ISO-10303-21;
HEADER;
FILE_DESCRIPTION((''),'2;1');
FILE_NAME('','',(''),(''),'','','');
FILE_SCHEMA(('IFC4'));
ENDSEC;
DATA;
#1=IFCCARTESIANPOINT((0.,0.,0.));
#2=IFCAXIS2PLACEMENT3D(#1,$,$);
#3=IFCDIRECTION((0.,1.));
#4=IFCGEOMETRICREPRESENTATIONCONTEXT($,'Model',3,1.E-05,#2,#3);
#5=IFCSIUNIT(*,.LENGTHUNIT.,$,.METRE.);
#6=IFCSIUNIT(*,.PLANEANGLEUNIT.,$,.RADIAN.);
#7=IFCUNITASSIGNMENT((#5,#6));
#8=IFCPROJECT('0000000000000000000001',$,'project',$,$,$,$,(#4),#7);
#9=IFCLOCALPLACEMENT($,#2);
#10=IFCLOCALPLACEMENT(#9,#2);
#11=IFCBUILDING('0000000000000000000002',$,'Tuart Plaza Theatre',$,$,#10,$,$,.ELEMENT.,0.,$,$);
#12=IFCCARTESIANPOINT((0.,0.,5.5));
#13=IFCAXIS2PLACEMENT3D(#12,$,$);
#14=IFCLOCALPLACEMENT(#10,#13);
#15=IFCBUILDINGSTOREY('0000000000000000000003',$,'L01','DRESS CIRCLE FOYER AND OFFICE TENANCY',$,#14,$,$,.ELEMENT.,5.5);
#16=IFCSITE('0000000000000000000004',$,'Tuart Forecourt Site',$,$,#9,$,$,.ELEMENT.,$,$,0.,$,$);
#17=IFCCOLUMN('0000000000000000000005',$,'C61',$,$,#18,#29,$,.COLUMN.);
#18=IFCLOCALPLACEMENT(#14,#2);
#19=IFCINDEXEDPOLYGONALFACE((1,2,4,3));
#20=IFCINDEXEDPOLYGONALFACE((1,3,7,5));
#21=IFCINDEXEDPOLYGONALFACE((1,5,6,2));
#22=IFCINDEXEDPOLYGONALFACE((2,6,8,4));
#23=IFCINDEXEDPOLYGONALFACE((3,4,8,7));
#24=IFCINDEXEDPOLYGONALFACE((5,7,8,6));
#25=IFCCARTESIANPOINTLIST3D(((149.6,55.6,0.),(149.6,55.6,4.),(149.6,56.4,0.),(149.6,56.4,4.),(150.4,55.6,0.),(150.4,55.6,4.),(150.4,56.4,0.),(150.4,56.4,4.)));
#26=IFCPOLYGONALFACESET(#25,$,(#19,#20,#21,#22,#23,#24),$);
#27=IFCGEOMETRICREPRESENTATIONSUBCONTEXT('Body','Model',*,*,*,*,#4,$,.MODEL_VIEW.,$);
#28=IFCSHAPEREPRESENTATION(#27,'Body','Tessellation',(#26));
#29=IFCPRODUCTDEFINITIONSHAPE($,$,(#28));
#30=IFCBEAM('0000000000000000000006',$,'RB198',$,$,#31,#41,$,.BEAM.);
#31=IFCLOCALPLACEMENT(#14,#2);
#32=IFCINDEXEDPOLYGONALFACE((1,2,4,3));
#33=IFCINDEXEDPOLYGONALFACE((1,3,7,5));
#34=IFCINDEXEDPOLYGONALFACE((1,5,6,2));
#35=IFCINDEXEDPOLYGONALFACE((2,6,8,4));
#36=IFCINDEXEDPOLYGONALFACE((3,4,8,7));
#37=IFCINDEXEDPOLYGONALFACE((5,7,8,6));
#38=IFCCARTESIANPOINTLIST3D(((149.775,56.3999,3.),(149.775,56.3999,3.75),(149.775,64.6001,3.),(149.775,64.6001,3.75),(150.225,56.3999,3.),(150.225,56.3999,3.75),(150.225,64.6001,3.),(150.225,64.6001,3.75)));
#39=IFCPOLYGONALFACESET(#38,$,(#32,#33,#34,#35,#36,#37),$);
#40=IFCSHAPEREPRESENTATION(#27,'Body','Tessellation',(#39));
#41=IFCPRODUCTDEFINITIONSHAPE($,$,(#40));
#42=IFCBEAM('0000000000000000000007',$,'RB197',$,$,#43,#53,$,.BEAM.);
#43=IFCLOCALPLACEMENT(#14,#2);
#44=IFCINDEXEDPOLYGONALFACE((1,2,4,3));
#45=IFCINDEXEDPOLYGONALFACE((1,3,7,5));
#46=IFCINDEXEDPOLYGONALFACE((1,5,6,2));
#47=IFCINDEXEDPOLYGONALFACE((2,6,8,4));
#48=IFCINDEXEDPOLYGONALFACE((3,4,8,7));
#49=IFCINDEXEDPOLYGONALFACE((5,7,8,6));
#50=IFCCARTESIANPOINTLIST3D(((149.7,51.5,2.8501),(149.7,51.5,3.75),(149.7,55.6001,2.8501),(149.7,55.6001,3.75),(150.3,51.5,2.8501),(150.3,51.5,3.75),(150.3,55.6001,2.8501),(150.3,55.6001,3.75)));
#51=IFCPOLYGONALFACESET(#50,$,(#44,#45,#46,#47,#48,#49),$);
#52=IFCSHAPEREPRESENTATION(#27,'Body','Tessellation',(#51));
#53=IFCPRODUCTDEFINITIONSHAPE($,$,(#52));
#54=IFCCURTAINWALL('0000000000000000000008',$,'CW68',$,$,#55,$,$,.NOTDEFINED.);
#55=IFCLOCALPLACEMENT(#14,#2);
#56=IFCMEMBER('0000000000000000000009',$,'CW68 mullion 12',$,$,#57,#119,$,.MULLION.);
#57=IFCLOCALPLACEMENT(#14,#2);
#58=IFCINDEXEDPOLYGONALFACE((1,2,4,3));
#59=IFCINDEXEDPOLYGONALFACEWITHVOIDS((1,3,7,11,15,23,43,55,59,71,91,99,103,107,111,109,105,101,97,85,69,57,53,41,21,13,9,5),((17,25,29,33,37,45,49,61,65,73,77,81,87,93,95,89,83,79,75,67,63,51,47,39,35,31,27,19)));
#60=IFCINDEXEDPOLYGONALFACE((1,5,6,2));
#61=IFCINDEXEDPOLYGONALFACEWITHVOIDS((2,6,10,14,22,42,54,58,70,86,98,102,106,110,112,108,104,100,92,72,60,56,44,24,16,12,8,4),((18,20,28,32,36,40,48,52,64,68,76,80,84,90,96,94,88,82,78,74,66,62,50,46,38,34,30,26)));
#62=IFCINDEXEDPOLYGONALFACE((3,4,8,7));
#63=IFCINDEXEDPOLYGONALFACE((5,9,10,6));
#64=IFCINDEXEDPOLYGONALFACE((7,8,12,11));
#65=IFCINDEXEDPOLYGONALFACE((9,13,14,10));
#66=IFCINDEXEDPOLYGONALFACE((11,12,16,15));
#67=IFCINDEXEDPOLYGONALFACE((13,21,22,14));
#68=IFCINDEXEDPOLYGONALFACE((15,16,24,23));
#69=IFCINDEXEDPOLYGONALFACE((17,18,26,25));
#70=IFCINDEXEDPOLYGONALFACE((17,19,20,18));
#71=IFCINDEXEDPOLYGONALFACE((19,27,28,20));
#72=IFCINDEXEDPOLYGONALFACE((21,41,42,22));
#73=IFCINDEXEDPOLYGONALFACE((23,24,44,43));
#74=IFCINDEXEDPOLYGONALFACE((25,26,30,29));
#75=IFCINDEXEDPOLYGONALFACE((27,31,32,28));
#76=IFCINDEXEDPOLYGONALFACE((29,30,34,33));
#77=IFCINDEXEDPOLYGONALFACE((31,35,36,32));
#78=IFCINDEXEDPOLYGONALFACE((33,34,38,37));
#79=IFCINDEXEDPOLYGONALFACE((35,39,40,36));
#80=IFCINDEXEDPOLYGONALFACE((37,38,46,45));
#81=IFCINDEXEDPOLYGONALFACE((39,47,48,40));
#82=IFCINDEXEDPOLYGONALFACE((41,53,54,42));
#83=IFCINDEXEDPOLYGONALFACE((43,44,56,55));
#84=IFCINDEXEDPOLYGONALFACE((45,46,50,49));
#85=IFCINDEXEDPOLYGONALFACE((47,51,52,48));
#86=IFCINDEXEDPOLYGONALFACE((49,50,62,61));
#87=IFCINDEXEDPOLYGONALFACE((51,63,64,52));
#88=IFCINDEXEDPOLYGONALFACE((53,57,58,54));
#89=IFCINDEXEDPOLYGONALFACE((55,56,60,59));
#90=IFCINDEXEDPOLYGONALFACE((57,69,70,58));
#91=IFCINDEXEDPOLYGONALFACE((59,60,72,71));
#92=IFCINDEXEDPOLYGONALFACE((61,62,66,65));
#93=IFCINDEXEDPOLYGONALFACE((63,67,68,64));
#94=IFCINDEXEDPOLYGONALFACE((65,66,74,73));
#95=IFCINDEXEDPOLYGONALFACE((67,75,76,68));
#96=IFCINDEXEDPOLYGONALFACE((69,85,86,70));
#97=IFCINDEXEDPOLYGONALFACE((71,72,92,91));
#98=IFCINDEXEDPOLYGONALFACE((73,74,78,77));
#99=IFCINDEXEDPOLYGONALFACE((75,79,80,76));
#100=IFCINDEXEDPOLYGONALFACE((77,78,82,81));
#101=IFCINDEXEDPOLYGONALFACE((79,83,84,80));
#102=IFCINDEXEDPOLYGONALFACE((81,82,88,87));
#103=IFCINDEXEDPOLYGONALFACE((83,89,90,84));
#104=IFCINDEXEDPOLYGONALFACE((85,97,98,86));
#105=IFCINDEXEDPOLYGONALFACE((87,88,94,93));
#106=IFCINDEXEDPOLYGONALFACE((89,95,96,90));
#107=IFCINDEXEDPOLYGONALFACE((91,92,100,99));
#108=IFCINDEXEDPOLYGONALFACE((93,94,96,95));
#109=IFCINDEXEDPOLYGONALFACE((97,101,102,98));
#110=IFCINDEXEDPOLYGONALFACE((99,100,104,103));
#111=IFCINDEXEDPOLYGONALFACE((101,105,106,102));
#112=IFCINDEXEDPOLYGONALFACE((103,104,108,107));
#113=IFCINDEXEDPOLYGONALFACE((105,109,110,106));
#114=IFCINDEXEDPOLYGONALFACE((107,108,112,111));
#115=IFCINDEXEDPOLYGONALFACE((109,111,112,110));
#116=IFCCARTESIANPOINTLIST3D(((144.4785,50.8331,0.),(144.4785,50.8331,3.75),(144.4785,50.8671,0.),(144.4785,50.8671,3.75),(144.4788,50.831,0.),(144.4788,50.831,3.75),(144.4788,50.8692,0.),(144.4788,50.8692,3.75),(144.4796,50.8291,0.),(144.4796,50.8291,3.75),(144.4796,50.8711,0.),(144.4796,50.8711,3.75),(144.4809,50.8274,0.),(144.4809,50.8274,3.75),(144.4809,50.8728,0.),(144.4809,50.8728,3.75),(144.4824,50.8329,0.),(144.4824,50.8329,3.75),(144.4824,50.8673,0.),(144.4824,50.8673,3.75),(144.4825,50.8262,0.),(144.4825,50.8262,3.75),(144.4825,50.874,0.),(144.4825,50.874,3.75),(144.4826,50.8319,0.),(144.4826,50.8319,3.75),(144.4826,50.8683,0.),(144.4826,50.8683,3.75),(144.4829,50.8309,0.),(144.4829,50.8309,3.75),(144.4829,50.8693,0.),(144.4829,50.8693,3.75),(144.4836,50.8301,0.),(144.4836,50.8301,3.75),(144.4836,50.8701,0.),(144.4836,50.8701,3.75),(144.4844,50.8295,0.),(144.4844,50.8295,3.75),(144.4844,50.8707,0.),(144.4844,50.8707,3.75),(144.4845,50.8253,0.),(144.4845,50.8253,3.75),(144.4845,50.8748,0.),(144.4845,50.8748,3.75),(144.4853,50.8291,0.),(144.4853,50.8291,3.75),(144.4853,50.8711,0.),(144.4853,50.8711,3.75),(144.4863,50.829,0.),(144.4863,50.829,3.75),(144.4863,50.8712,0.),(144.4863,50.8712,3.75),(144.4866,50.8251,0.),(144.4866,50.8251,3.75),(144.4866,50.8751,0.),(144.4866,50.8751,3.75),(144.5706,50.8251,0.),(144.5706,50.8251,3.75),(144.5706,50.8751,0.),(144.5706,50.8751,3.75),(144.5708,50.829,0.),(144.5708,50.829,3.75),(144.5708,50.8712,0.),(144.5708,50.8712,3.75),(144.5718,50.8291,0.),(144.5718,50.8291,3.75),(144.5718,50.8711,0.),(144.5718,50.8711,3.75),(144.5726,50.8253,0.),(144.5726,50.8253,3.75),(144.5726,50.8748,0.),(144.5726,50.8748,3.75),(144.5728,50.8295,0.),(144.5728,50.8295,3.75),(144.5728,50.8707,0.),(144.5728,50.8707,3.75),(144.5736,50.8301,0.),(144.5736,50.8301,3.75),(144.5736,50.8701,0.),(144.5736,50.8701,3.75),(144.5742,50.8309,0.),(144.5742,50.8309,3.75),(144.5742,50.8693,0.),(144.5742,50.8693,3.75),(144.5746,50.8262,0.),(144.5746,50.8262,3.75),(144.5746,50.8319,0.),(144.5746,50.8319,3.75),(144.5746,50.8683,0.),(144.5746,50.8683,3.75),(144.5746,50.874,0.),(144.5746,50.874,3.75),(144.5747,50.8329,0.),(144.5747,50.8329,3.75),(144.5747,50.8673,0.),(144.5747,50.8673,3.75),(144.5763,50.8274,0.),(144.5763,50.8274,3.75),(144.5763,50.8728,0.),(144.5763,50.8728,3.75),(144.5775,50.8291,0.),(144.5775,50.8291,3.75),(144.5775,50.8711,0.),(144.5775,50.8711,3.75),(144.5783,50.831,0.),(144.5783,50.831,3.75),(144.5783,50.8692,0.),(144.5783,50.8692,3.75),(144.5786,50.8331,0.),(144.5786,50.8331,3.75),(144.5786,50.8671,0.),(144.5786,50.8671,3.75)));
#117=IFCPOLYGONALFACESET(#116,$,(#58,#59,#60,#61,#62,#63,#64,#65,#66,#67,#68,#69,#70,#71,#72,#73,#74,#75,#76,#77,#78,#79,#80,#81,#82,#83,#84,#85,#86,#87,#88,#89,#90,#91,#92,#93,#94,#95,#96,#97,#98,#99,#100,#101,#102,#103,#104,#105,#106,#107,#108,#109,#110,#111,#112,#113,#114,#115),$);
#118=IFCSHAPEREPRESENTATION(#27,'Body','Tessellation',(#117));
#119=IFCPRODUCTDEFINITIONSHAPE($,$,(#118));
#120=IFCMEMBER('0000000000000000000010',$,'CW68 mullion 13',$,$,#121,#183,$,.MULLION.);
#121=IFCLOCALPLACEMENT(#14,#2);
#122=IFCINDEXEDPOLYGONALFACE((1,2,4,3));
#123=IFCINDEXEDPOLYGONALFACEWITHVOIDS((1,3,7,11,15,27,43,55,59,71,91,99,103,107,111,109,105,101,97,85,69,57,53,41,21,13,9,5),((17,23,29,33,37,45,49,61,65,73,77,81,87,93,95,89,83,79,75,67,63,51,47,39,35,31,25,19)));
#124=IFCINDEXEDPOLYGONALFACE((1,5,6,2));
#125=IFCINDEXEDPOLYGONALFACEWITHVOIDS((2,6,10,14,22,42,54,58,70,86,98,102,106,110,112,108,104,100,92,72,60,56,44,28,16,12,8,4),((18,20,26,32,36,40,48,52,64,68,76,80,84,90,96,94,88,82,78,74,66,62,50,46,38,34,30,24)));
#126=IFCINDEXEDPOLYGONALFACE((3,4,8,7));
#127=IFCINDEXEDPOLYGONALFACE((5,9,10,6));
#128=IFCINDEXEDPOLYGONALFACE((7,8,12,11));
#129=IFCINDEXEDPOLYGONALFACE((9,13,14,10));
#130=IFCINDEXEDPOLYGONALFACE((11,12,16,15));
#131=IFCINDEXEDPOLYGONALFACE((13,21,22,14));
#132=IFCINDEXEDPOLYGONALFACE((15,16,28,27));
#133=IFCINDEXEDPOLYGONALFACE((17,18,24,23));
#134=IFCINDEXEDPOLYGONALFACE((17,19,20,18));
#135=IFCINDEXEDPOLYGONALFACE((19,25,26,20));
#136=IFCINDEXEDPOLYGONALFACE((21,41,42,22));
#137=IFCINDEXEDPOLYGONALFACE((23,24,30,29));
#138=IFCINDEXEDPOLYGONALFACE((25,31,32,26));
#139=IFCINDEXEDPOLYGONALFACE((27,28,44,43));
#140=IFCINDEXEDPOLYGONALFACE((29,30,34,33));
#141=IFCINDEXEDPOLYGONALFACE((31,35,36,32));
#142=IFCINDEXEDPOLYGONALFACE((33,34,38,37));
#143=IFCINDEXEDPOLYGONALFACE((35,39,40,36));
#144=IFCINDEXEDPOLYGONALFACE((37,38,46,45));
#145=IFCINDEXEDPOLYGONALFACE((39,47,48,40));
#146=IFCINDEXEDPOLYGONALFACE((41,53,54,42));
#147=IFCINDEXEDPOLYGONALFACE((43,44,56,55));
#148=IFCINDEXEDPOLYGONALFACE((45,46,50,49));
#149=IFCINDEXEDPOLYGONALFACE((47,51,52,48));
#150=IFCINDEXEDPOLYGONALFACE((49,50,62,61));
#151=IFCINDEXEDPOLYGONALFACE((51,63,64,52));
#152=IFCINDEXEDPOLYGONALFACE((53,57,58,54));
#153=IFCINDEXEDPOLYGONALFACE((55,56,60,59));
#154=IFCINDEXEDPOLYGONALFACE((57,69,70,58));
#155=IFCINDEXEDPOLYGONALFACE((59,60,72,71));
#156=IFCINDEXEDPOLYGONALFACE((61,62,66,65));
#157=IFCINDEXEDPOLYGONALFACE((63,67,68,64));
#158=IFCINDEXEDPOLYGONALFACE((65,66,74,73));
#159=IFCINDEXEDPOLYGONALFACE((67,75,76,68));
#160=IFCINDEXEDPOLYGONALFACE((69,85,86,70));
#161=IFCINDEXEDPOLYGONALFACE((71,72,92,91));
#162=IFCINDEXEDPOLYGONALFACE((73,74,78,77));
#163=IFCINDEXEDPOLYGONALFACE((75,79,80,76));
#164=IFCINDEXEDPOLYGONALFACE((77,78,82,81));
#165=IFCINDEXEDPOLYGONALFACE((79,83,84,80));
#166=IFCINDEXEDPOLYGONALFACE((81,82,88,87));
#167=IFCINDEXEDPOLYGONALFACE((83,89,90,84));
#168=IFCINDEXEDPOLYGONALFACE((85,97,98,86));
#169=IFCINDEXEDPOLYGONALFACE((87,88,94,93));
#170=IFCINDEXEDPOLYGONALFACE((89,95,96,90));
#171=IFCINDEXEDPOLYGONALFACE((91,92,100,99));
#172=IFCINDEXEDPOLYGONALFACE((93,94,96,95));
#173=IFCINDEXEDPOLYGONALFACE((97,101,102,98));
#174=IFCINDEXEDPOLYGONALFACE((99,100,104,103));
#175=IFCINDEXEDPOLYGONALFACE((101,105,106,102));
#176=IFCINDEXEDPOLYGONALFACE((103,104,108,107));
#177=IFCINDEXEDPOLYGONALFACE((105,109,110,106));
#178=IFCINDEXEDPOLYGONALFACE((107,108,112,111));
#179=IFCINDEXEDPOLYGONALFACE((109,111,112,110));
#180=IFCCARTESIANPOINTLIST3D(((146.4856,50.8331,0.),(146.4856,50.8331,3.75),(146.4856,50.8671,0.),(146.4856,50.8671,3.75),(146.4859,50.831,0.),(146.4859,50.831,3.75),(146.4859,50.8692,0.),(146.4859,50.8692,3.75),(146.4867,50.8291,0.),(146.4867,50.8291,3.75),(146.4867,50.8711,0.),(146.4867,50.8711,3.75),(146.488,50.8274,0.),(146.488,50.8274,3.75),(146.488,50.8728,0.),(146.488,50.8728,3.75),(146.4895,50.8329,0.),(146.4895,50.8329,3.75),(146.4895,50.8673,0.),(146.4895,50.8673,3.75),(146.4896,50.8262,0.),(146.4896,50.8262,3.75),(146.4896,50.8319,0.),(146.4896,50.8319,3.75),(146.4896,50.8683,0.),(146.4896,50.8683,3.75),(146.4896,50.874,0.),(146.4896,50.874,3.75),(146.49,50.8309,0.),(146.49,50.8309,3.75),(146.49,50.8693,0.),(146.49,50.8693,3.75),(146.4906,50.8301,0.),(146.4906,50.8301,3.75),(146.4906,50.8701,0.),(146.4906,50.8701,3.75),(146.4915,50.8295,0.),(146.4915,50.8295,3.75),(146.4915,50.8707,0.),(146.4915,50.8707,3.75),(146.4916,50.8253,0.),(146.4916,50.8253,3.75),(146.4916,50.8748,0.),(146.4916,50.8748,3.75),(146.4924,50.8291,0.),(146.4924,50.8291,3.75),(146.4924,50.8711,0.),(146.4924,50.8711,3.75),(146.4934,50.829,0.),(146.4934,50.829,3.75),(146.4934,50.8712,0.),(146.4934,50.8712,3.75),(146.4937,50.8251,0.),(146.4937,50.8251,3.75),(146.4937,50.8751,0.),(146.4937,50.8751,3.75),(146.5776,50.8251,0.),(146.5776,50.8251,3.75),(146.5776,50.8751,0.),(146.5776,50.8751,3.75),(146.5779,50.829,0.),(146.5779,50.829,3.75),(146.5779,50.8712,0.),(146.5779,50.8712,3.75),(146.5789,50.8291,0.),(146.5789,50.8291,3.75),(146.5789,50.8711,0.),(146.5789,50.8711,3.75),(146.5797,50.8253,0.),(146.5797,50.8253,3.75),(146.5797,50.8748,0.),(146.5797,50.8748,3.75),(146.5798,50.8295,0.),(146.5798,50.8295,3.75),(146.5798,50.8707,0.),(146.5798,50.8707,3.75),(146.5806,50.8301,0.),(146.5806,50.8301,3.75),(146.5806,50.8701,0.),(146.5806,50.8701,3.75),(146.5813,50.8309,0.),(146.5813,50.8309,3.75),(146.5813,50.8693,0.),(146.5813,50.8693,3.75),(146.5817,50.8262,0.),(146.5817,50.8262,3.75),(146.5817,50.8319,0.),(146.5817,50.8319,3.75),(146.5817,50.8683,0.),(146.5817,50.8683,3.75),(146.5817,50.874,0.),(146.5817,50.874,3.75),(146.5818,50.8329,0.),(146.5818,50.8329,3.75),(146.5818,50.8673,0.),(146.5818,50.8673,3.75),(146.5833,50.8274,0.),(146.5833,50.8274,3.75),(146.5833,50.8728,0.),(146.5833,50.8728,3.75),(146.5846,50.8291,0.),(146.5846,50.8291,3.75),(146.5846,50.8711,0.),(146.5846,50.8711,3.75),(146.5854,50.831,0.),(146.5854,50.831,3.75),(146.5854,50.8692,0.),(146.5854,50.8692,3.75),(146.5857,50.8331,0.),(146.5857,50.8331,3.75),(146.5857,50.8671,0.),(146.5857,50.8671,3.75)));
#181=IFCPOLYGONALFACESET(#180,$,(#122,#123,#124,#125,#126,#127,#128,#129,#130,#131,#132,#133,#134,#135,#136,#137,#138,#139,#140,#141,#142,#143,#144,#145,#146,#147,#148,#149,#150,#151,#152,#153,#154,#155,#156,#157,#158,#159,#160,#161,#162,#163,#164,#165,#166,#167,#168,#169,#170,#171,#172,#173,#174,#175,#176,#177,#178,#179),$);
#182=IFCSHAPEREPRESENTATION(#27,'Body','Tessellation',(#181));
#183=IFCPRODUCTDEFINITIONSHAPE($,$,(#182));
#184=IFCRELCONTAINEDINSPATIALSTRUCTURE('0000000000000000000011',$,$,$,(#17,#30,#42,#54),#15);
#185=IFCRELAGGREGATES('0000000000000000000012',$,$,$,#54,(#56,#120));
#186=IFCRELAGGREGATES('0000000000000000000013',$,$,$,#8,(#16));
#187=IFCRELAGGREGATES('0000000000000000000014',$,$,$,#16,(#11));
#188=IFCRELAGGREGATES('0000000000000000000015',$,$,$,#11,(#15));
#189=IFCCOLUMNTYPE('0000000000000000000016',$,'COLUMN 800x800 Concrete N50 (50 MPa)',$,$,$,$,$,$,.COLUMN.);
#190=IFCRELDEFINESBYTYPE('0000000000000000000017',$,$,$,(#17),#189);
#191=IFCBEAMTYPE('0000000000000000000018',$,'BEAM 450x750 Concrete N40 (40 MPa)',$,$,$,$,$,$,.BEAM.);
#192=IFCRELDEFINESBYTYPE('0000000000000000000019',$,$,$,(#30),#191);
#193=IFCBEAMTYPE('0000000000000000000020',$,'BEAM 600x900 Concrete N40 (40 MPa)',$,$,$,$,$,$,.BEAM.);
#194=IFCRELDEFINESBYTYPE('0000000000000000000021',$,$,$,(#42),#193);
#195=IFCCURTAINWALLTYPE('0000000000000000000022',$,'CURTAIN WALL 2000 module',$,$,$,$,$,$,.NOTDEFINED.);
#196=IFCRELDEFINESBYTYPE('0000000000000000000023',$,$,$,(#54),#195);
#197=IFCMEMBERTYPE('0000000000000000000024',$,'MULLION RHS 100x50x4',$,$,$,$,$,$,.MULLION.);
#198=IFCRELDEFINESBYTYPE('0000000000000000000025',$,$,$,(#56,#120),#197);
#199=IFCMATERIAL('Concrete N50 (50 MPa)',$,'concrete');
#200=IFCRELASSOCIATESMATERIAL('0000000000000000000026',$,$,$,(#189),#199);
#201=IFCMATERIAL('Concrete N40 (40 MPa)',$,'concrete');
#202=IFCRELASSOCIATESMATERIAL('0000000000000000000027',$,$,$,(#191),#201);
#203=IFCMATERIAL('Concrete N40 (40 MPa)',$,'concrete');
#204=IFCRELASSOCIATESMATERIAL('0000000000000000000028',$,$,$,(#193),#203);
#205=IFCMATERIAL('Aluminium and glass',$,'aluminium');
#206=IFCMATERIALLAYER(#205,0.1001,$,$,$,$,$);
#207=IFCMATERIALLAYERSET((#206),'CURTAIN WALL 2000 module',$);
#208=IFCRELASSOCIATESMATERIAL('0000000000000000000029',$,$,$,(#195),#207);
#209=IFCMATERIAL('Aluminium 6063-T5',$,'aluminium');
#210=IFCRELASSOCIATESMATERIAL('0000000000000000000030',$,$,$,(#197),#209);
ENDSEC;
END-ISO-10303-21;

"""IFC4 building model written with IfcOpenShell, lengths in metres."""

from ifc_helpers import new_model, si_unit, direction, frame, origin, origin_2d, place, context, subcontext, project, spatial, rectangle, hollow_rectangle, extrude, material, layer, layer_set, material_profile, profile_set, type_object, element, aggregate, save


model = new_model("IFC4")

# Units and contexts
model_context = context("Model", 3, precision=1e-05, world=origin(), true_north=direction((0.0, 1.0)))
body_context = subcontext(model_context, "Body", "Model", "MODEL_VIEW")
ifc_project = project(units=[si_unit("LENGTHUNIT", "METRE"), si_unit("PLANEANGLEUNIT", "RADIAN")], contexts=[model_context])

# Site, building, storey
site_placement = place(None, origin())
site = spatial("IfcSite", under=ifc_project, at=site_placement, Name="Tuart Forecourt Site", CompositionType="ELEMENT", RefElevation=0.0)
building_placement = place(site_placement, origin())
building = spatial("IfcBuilding", under=site, at=building_placement, Name="Tuart Plaza Theatre", CompositionType="ELEMENT", ElevationOfRefHeight=0.0)
storey_placement = place(building_placement, frame((0.0, 0.0, 5.5)))
storey = spatial("IfcBuildingStorey", under=building, at=storey_placement, Name="L01", Description="DRESS CIRCLE FOYER AND OFFICE TENANCY", CompositionType="ELEMENT", Elevation=5.5)

# Column
ifc_material_1 = material(Name="Concrete N50 (50 MPa)", Category="concrete")
ifc_material_profile_1 = material_profile(ifc_material_1, rectangle(XDim=0.8, YDim=0.8, at=origin_2d()), Name="COLUMN 800x800 Concrete N50 (50 MPa)")
ifc_profile_set_1 = profile_set([ifc_material_profile_1], Name="Concrete N50 (50 MPa)")
column_type = type_object("IfcColumnType", Name="COLUMN 800x800 Concrete N50 (50 MPa)", PredefinedType="COLUMN", material=ifc_profile_set_1)
column_placement = place(storey_placement, frame((150.0, 56.0, 0.0), z_axis=(0.0, 0.0, 1.0), x_axis=(1.0, 0.0, 0.0)))
element("IfcColumn", 1, at=column_placement, inside=storey, type_object=column_type, Name="C61", PredefinedType="COLUMN", context=body_context, shape_type="SweptSolid", body=[
    extrude(rectangle(XDim=0.8, YDim=0.8, at=origin_2d()), origin(), (0.0, 0.0, 1.0), 4.0),
])

# Beams
ifc_material_2 = material(Name="Concrete N40 (40 MPa)", Category="concrete")
ifc_material_profile_2 = material_profile(ifc_material_2, rectangle(XDim=0.45, YDim=0.75, at=origin_2d()), Name="BEAM 450x750 Concrete N40 (40 MPa)")
ifc_profile_set_2 = profile_set([ifc_material_profile_2], Name="Concrete N40 (40 MPa)")
beam_type_1 = type_object("IfcBeamType", Name="BEAM 450x750 Concrete N40 (40 MPa)", PredefinedType="BEAM", material=ifc_profile_set_2)
beam_1_placement = place(storey_placement, frame((150.0, 56.3999, 3.375), z_axis=(0.0, 1.0, 0.0), x_axis=(-1.0, 0.0, 0.0)))
element("IfcBeam", 2, at=beam_1_placement, inside=storey, type_object=beam_type_1, Name="RB198", PredefinedType="BEAM", context=body_context, shape_type="SweptSolid", body=[
    extrude(rectangle(XDim=0.45, YDim=0.75, at=origin_2d()), origin(), (0.0, 0.0, 1.0), 8.2002),
])
ifc_material_3 = material(Name="Concrete N40 (40 MPa)", Category="concrete")
ifc_material_profile_3 = material_profile(ifc_material_3, rectangle(XDim=0.6001, YDim=0.8999, at=origin_2d()), Name="BEAM 600x900 Concrete N40 (40 MPa)")
ifc_profile_set_3 = profile_set([ifc_material_profile_3], Name="Concrete N40 (40 MPa)")
beam_type_2 = type_object("IfcBeamType", Name="BEAM 600x900 Concrete N40 (40 MPa)", PredefinedType="BEAM", material=ifc_profile_set_3)
beam_2_placement = place(storey_placement, frame((150.0, 51.5, 3.3), z_axis=(0.0, 1.0, 0.0), x_axis=(-1.0, 0.0, 0.0)))
element("IfcBeam", 3, at=beam_2_placement, inside=storey, type_object=beam_type_2, Name="RB197", PredefinedType="BEAM", context=body_context, shape_type="SweptSolid", body=[
    extrude(rectangle(XDim=0.6001, YDim=0.8999, at=origin_2d()), origin(), (0.0, 0.0, 1.0), 4.1001),
])

# Curtain wall, members
ifc_material_4 = material(Name="Aluminium and glass", Category="aluminium")
ifc_layer_1 = layer(ifc_material_4, 0.1001)
ifc_layer_set_1 = layer_set([ifc_layer_1], Name="CURTAIN WALL 2000 module")
curtain_wall_type = type_object("IfcCurtainWallType", Name="CURTAIN WALL 2000 module", PredefinedType="NOTDEFINED", material=ifc_layer_set_1)
curtain_wall_placement = place(storey_placement, origin())
curtain_wall = element("IfcCurtainWall", 4, at=curtain_wall_placement, inside=storey, type_object=curtain_wall_type, Name="CW68", PredefinedType="NOTDEFINED")
ifc_material_5 = material(Name="Aluminium 6063-T5", Category="aluminium")
ifc_material_profile_4 = material_profile(ifc_material_5, hollow_rectangle(XDim=0.05, YDim=0.1001, WallThickness=0.0039, InnerFilletRadius=0.0039, OuterFilletRadius=0.0081, at=origin_2d()), Name="RHS 100x50x4")
ifc_profile_set_4 = profile_set([ifc_material_profile_4], Name="Aluminium 6063-T5")
member_type_1 = type_object("IfcMemberType", Name="MULLION RHS 100x50x4", PredefinedType="MULLION", material=ifc_profile_set_4)
member_1_placement = place(storey_placement, frame((144.5286, 50.8501, 0.0), z_axis=(0.0, 0.0, 1.0), x_axis=(0.0, 1.0, 0.0)))
member_1 = element("IfcMember", 5, at=member_1_placement, type_object=member_type_1, Name="CW68 mullion 12", PredefinedType="MULLION", context=body_context, shape_type="SweptSolid", body=[
    extrude(hollow_rectangle(XDim=0.05, YDim=0.1001, WallThickness=0.0039, InnerFilletRadius=0.0039, OuterFilletRadius=0.0081, at=origin_2d()), origin(), (0.0, 0.0, 1.0), 3.75),
])
member_2_placement = place(storey_placement, frame((146.5356, 50.8501, 0.0), z_axis=(0.0, 0.0, 1.0), x_axis=(0.0, 1.0, 0.0)))
member_2 = element("IfcMember", 6, at=member_2_placement, type_object=member_type_1, Name="CW68 mullion 13", PredefinedType="MULLION", context=body_context, shape_type="SweptSolid", body=[
    extrude(hollow_rectangle(XDim=0.05, YDim=0.1001, WallThickness=0.0039, InnerFilletRadius=0.0039, OuterFilletRadius=0.0081, at=origin_2d()), origin(), (0.0, 0.0, 1.0), 3.75),
])
aggregate(curtain_wall, [member_1, member_2])

save(model, "model.ifc")
